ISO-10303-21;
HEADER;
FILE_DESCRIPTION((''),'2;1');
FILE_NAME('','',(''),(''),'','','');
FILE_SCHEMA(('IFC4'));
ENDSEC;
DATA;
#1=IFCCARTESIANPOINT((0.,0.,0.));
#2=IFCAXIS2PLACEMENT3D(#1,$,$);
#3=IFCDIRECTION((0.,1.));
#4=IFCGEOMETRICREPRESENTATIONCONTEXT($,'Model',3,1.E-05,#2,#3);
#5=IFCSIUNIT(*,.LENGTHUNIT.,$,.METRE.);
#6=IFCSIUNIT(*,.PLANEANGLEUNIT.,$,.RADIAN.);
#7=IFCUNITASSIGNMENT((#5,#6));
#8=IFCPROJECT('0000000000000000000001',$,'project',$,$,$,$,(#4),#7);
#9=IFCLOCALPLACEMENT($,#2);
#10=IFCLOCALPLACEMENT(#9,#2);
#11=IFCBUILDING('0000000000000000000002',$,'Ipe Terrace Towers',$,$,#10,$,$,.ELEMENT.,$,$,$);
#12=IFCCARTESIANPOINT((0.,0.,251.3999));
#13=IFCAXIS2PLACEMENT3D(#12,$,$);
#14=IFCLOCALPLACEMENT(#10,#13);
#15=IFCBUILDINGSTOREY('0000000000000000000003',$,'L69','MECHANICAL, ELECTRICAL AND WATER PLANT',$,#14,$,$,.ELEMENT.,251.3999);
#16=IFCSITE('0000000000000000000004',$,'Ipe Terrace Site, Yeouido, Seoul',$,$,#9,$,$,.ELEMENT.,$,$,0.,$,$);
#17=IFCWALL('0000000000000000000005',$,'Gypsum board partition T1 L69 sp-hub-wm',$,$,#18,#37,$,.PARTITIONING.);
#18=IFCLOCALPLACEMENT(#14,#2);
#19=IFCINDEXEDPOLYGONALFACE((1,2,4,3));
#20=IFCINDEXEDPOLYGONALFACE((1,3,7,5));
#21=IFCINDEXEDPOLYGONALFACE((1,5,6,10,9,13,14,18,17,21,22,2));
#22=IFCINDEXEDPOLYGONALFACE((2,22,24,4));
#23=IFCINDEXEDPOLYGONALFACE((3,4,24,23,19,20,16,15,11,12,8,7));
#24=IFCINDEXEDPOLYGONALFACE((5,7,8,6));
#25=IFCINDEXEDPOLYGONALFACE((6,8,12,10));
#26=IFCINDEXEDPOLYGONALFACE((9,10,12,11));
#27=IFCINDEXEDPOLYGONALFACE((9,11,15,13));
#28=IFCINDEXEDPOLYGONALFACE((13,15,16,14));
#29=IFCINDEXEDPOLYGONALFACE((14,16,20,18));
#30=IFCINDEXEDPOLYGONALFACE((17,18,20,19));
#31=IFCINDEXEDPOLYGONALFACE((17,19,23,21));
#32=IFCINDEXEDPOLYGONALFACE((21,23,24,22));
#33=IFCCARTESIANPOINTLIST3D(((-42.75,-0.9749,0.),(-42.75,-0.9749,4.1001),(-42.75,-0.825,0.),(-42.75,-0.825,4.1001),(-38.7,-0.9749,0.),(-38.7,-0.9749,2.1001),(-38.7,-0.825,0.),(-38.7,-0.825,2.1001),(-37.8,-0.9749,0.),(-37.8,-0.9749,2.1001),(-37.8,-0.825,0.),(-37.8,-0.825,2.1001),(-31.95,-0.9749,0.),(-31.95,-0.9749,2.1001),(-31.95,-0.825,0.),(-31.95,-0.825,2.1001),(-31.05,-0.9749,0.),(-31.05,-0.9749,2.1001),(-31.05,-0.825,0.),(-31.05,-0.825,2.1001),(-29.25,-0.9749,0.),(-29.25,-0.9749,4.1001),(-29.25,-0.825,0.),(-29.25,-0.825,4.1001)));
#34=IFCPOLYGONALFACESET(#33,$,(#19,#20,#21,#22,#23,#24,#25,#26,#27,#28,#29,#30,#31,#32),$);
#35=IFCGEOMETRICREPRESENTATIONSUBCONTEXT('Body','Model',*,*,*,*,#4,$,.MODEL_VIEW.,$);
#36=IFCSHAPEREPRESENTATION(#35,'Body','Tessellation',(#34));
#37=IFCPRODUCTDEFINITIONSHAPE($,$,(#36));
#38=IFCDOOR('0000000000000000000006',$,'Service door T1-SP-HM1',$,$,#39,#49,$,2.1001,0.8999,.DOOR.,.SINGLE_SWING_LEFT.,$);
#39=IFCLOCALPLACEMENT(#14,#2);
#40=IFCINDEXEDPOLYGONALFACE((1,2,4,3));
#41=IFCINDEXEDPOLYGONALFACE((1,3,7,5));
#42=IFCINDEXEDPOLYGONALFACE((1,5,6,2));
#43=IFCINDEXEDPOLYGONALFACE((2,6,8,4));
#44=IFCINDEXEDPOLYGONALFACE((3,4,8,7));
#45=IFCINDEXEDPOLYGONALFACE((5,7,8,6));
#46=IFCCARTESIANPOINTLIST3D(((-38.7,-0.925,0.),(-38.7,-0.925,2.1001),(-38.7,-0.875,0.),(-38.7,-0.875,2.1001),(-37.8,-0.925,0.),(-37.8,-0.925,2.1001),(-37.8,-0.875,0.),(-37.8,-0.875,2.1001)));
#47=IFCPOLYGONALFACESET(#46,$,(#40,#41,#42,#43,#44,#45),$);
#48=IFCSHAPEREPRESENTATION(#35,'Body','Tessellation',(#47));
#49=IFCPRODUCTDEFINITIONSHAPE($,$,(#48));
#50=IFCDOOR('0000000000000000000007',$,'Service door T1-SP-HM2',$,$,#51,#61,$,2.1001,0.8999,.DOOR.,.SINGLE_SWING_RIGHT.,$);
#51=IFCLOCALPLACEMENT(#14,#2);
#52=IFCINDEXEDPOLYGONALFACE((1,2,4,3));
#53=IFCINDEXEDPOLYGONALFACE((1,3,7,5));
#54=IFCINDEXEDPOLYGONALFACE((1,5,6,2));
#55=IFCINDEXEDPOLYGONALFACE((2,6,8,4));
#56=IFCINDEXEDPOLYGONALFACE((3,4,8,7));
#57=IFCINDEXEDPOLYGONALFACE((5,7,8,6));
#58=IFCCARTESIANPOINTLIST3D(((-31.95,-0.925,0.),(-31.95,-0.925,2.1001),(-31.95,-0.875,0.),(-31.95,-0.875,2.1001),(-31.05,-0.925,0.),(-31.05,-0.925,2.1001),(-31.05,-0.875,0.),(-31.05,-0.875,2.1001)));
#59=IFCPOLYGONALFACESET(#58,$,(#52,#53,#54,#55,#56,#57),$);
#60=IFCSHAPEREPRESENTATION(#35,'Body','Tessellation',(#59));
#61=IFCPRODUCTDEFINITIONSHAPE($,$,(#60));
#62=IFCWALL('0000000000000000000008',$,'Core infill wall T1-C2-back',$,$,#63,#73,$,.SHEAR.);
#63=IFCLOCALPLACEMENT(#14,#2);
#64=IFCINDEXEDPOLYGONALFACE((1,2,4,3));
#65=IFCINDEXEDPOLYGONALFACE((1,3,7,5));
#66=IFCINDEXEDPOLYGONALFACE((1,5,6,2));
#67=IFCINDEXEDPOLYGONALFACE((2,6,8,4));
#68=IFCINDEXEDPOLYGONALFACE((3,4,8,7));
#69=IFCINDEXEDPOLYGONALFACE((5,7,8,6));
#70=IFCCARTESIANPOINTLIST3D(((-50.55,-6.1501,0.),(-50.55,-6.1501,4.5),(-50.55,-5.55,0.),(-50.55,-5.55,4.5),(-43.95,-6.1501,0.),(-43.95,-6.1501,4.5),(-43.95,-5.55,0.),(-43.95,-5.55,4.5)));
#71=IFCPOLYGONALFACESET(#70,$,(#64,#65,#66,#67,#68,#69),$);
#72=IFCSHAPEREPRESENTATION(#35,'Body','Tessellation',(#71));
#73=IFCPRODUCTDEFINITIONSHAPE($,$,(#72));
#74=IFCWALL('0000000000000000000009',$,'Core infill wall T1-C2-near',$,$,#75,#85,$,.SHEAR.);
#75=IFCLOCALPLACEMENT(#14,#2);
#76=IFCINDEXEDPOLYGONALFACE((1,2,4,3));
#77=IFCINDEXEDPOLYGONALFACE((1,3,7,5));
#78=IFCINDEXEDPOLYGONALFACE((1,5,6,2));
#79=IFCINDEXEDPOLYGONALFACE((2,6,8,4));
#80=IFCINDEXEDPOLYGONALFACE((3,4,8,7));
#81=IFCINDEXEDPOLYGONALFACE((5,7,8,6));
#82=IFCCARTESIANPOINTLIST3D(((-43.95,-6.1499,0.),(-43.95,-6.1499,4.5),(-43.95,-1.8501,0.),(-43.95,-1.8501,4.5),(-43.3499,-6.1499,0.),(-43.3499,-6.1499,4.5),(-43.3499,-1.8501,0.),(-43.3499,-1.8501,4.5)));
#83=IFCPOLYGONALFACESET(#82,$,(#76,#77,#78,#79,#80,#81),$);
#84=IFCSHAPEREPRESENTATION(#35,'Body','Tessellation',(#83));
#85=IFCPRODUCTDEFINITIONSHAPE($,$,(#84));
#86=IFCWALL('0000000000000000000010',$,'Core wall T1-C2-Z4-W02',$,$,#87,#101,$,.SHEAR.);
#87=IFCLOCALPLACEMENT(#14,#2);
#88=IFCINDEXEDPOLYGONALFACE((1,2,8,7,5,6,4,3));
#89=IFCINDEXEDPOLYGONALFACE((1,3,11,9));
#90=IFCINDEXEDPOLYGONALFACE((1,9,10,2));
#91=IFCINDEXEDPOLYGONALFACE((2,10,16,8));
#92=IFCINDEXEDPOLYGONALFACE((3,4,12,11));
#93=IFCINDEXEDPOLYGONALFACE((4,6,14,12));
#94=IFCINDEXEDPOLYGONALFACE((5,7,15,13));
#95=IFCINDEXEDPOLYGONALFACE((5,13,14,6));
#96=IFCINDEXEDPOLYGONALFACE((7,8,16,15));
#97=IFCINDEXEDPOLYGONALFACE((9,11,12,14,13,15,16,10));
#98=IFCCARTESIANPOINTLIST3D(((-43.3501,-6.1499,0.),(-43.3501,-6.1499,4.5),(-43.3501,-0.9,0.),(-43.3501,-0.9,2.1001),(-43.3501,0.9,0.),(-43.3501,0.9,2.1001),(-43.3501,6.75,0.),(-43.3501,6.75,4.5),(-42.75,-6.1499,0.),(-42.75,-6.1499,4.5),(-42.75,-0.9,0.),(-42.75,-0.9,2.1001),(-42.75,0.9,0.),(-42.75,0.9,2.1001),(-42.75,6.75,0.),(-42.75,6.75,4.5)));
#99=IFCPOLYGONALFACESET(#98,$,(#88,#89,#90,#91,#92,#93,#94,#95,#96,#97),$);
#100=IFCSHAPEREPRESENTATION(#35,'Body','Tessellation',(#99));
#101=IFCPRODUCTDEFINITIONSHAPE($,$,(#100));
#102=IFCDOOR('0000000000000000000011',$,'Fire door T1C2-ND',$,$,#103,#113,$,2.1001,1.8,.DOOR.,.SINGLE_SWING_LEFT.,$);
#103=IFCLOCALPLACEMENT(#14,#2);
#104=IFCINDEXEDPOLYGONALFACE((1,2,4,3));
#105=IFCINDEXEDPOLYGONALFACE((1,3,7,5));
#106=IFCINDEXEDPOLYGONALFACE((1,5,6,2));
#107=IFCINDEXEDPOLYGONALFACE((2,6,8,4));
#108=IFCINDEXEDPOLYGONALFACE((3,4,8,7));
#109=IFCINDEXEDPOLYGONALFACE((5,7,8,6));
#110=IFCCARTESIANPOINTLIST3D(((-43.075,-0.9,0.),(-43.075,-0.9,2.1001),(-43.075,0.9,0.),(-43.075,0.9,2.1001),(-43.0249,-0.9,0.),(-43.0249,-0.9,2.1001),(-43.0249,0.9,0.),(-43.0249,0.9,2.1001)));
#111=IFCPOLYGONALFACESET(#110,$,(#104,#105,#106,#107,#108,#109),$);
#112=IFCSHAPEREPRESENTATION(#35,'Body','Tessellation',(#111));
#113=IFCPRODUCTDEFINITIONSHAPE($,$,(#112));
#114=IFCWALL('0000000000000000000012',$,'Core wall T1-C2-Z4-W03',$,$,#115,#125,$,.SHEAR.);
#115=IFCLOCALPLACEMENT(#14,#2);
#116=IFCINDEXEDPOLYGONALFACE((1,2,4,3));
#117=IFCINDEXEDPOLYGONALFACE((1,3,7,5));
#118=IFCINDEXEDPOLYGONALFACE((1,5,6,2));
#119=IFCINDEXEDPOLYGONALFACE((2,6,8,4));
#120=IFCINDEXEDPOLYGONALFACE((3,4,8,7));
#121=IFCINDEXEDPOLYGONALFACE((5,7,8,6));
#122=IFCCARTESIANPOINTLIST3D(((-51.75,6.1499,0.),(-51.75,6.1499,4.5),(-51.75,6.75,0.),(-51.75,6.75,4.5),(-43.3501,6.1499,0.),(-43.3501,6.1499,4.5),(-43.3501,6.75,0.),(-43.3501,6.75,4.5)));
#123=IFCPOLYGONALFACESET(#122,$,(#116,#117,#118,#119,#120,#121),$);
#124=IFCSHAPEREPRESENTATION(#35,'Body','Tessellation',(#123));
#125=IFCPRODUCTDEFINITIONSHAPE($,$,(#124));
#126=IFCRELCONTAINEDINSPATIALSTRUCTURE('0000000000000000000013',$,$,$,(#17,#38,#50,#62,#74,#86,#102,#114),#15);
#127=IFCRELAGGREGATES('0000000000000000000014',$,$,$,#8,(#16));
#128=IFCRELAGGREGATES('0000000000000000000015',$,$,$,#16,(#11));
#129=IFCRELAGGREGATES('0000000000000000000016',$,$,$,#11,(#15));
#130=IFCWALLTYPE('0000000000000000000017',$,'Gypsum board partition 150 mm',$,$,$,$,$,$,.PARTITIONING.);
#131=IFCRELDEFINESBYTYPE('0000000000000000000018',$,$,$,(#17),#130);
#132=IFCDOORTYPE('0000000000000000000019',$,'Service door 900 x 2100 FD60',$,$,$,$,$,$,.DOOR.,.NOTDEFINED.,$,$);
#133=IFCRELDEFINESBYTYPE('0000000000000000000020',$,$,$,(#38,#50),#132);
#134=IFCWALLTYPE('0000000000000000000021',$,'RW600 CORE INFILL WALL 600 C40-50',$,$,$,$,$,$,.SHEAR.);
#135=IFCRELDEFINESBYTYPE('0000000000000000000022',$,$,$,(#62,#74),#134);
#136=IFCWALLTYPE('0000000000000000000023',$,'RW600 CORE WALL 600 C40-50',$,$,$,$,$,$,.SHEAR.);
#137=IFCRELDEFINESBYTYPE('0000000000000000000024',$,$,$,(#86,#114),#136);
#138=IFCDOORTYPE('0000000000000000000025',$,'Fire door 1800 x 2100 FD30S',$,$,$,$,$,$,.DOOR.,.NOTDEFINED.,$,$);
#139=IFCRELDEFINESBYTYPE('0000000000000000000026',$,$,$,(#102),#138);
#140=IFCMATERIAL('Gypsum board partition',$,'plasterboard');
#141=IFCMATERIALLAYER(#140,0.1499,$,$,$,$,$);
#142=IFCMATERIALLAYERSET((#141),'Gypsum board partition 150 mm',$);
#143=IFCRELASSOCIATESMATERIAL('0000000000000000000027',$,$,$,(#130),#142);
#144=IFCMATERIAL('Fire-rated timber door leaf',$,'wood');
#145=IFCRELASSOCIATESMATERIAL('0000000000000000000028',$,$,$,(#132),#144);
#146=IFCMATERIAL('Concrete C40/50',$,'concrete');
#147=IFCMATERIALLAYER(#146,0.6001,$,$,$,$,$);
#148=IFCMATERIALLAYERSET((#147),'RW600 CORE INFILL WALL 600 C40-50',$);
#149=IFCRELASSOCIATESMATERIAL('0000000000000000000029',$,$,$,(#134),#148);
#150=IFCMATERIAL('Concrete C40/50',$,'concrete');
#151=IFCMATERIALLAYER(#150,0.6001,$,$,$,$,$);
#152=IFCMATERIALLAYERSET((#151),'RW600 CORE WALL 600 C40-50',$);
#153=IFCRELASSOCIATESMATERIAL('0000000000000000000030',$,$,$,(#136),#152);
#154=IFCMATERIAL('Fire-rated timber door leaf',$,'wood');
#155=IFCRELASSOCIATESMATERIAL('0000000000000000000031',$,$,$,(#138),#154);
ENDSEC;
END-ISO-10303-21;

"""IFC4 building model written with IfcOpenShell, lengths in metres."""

from ifc_helpers import new_model, si_unit, direction, frame, frame_2d, origin, place, context, subcontext, project, spatial, rectangle, extrude, material, layer, layer_set, type_object, element, fill, save


model = new_model("IFC4")

# Units and contexts
model_context = context("Model", 3, precision=1e-05, world=origin(), true_north=direction((0.0, 1.0)))
body_context = subcontext(model_context, "Body", "Model", "MODEL_VIEW")
ifc_project = project(units=[si_unit("LENGTHUNIT", "METRE"), si_unit("PLANEANGLEUNIT", "RADIAN")], contexts=[model_context])

# Site, building, storey
site_placement = place(None, origin())
site = spatial("IfcSite", under=ifc_project, at=site_placement, Name="Ipe Terrace Site, Yeouido, Seoul", CompositionType="ELEMENT", RefElevation=0.0)
building_placement = place(site_placement, origin())
building = spatial("IfcBuilding", under=site, at=building_placement, Name="Ipe Terrace Towers", CompositionType="ELEMENT")
storey_placement = place(building_placement, frame((0.0, 0.0, 251.3999)))
storey = spatial("IfcBuildingStorey", under=building, at=storey_placement, Name="L69", Description="MECHANICAL, ELECTRICAL AND WATER PLANT", CompositionType="ELEMENT", Elevation=251.3999)

# Wall, openings, doors
ifc_material_1 = material(Name="Gypsum board partition", Category="plasterboard")
ifc_layer_1 = layer(ifc_material_1, 0.1499)
ifc_layer_set_1 = layer_set([ifc_layer_1], Name="Gypsum board partition 150 mm")
wall_type_1 = type_object("IfcWallType", Name="Gypsum board partition 150 mm", PredefinedType="PARTITIONING", material=ifc_layer_set_1)
ifc_material_2 = material(Name="Fire-rated timber door leaf", Category="wood")
door_type_1 = type_object("IfcDoorType", Name="Service door 900 x 2100 FD60", OperationType="NOTDEFINED", PredefinedType="DOOR", material=ifc_material_2)
wall_1_placement = place(storey_placement, frame((-42.75, -0.8999, 0.0), z_axis=(0.0, 0.0, 1.0), x_axis=(1.0, 0.0, 0.0)))
wall_1 = element("IfcWall", 1, at=wall_1_placement, inside=storey, type_object=wall_type_1, Name="Gypsum board partition T1 L69 sp-hub-wm", PredefinedType="PARTITIONING", context=body_context, shape_type="SweptSolid", body=[
    extrude(rectangle(XDim=13.5, YDim=0.1499, at=frame_2d((6.75, 0.0))), origin(), (0.0, 0.0, 1.0), 4.1001),
])
opening_1_placement = place(wall_1_placement, frame((4.05, 0.0, 0.0)))
opening_1 = element("IfcOpeningElement", 2, at=opening_1_placement, cuts=wall_1, PredefinedType="OPENING", context=body_context, shape_type="SweptSolid", body=[
    extrude(rectangle(XDim=0.8999, YDim=2.1001, at=frame_2d((0.45, 1.05))), frame((0.0, 0.085, 0.0), z_axis=(0.0, -1.0, 0.0), x_axis=(1.0, 0.0, 0.0)), (0.0, 0.0, 1.0), 0.1699),
])
opening_2_placement = place(wall_1_placement, frame((10.8, 0.0, 0.0)))
opening_2 = element("IfcOpeningElement", 3, at=opening_2_placement, cuts=wall_1, PredefinedType="OPENING", context=body_context, shape_type="SweptSolid", body=[
    extrude(rectangle(XDim=0.8999, YDim=2.1001, at=frame_2d((0.45, 1.05))), frame((0.0, 0.085, 0.0), z_axis=(0.0, -1.0, 0.0), x_axis=(1.0, 0.0, 0.0)), (0.0, 0.0, 1.0), 0.1699),
])
door_1_placement = place(opening_1_placement, origin())
door_1 = element("IfcDoor", 4, at=door_1_placement, inside=storey, type_object=door_type_1, Name="Service door T1-SP-HM1", OperationType="SINGLE_SWING_LEFT", OverallHeight=2.1001, OverallWidth=0.8999, PredefinedType="DOOR", context=body_context, shape_type="SweptSolid", body=[
    extrude(rectangle(XDim=0.8999, YDim=2.1001, at=frame_2d((0.45, 1.05))), frame((0.0, 0.0249, 0.0), z_axis=(0.0, -1.0, 0.0), x_axis=(1.0, 0.0, 0.0)), (0.0, 0.0, 1.0), 0.05),
])
fill(opening_1, door_1)
door_2_placement = place(opening_2_placement, origin())
door_2 = element("IfcDoor", 5, at=door_2_placement, inside=storey, type_object=door_type_1, Name="Service door T1-SP-HM2", OperationType="SINGLE_SWING_RIGHT", OverallHeight=2.1001, OverallWidth=0.8999, PredefinedType="DOOR", context=body_context, shape_type="SweptSolid", body=[
    extrude(rectangle(XDim=0.8999, YDim=2.1001, at=frame_2d((0.45, 1.05))), frame((0.0, 0.0249, 0.0), z_axis=(0.0, -1.0, 0.0), x_axis=(1.0, 0.0, 0.0)), (0.0, 0.0, 1.0), 0.05),
])
fill(opening_2, door_2)

# Walls
ifc_material_3 = material(Name="Concrete C40/50", Category="concrete")
ifc_layer_2 = layer(ifc_material_3, 0.6001)
ifc_layer_set_2 = layer_set([ifc_layer_2], Name="RW600 CORE INFILL WALL 600 C40-50")
wall_type_2 = type_object("IfcWallType", Name="RW600 CORE INFILL WALL 600 C40-50", PredefinedType="SHEAR", material=ifc_layer_set_2)
wall_2_placement = place(storey_placement, frame((-43.95, -5.8501, 0.0), z_axis=(0.0, 0.0, 1.0), x_axis=(-1.0, 0.0, 0.0)))
element("IfcWall", 6, at=wall_2_placement, inside=storey, type_object=wall_type_2, Name="Core infill wall T1-C2-back", PredefinedType="SHEAR", context=body_context, shape_type="SweptSolid", body=[
    extrude(rectangle(XDim=6.6001, YDim=0.6001, at=frame_2d((3.3, 0.0))), origin(), (0.0, 0.0, 1.0), 4.5),
])
wall_3_placement = place(storey_placement, frame((-43.6499, -1.8501, 0.0), z_axis=(0.0, 0.0, 1.0), x_axis=(0.0, -1.0, 0.0)))
element("IfcWall", 7, at=wall_3_placement, inside=storey, type_object=wall_type_2, Name="Core infill wall T1-C2-near", PredefinedType="SHEAR", context=body_context, shape_type="SweptSolid", body=[
    extrude(rectangle(XDim=4.2998, YDim=0.6001, at=frame_2d((2.1499, 0.0))), origin(), (0.0, 0.0, 1.0), 4.5),
])

# Wall, opening, door
ifc_material_4 = material(Name="Concrete C40/50", Category="concrete")
ifc_layer_3 = layer(ifc_material_4, 0.6001)
ifc_layer_set_3 = layer_set([ifc_layer_3], Name="RW600 CORE WALL 600 C40-50")
wall_type_3 = type_object("IfcWallType", Name="RW600 CORE WALL 600 C40-50", PredefinedType="SHEAR", material=ifc_layer_set_3)
wall_4_placement = place(storey_placement, frame((-43.05, -6.1499, 0.0), z_axis=(0.0, 0.0, 1.0), x_axis=(0.0, 1.0, 0.0)))
wall_4 = element("IfcWall", 8, at=wall_4_placement, inside=storey, type_object=wall_type_3, Name="Core wall T1-C2-Z4-W02", PredefinedType="SHEAR", context=body_context, shape_type="SweptSolid", body=[
    extrude(rectangle(XDim=12.8999, YDim=0.6001, at=frame_2d((6.45, 0.0))), origin(), (0.0, 0.0, 1.0), 4.5),
])
opening_3_placement = place(wall_4_placement, frame((5.25, 0.0, 0.0)))
opening_3 = element("IfcOpeningElement", 9, at=opening_3_placement, cuts=wall_4, PredefinedType="OPENING", context=body_context, shape_type="SweptSolid", body=[
    extrude(rectangle(XDim=1.8, YDim=2.1001, at=frame_2d((0.8999, 1.05))), frame((0.0, 0.3101, 0.0), z_axis=(0.0, -1.0, 0.0), x_axis=(1.0, 0.0, 0.0)), (0.0, 0.0, 1.0), 0.6201),
])
ifc_material_5 = material(Name="Fire-rated timber door leaf", Category="wood")
door_type_2 = type_object("IfcDoorType", Name="Fire door 1800 x 2100 FD30S", OperationType="NOTDEFINED", PredefinedType="DOOR", material=ifc_material_5)
door_3_placement = place(opening_3_placement, origin())
door_3 = element("IfcDoor", 10, at=door_3_placement, inside=storey, type_object=door_type_2, Name="Fire door T1C2-ND", OperationType="SINGLE_SWING_LEFT", OverallHeight=2.1001, OverallWidth=1.8, PredefinedType="DOOR", context=body_context, shape_type="SweptSolid", body=[
    extrude(rectangle(XDim=1.8, YDim=2.1001, at=frame_2d((0.8999, 1.05))), frame((0.0, 0.0249, 0.0), z_axis=(0.0, -1.0, 0.0), x_axis=(1.0, 0.0, 0.0)), (0.0, 0.0, 1.0), 0.05),
])
fill(opening_3, door_3)

# Wall
wall_5_placement = place(storey_placement, frame((-43.3501, 6.45, 0.0), z_axis=(0.0, 0.0, 1.0), x_axis=(-1.0, 0.0, 0.0)))
element("IfcWall", 11, at=wall_5_placement, inside=storey, type_object=wall_type_3, Name="Core wall T1-C2-Z4-W03", PredefinedType="SHEAR", context=body_context, shape_type="SweptSolid", body=[
    extrude(rectangle(XDim=8.3999, YDim=0.6001, at=frame_2d((4.2, 0.0))), origin(), (0.0, 0.0, 1.0), 4.5),
])

save(model, "model.ifc")
